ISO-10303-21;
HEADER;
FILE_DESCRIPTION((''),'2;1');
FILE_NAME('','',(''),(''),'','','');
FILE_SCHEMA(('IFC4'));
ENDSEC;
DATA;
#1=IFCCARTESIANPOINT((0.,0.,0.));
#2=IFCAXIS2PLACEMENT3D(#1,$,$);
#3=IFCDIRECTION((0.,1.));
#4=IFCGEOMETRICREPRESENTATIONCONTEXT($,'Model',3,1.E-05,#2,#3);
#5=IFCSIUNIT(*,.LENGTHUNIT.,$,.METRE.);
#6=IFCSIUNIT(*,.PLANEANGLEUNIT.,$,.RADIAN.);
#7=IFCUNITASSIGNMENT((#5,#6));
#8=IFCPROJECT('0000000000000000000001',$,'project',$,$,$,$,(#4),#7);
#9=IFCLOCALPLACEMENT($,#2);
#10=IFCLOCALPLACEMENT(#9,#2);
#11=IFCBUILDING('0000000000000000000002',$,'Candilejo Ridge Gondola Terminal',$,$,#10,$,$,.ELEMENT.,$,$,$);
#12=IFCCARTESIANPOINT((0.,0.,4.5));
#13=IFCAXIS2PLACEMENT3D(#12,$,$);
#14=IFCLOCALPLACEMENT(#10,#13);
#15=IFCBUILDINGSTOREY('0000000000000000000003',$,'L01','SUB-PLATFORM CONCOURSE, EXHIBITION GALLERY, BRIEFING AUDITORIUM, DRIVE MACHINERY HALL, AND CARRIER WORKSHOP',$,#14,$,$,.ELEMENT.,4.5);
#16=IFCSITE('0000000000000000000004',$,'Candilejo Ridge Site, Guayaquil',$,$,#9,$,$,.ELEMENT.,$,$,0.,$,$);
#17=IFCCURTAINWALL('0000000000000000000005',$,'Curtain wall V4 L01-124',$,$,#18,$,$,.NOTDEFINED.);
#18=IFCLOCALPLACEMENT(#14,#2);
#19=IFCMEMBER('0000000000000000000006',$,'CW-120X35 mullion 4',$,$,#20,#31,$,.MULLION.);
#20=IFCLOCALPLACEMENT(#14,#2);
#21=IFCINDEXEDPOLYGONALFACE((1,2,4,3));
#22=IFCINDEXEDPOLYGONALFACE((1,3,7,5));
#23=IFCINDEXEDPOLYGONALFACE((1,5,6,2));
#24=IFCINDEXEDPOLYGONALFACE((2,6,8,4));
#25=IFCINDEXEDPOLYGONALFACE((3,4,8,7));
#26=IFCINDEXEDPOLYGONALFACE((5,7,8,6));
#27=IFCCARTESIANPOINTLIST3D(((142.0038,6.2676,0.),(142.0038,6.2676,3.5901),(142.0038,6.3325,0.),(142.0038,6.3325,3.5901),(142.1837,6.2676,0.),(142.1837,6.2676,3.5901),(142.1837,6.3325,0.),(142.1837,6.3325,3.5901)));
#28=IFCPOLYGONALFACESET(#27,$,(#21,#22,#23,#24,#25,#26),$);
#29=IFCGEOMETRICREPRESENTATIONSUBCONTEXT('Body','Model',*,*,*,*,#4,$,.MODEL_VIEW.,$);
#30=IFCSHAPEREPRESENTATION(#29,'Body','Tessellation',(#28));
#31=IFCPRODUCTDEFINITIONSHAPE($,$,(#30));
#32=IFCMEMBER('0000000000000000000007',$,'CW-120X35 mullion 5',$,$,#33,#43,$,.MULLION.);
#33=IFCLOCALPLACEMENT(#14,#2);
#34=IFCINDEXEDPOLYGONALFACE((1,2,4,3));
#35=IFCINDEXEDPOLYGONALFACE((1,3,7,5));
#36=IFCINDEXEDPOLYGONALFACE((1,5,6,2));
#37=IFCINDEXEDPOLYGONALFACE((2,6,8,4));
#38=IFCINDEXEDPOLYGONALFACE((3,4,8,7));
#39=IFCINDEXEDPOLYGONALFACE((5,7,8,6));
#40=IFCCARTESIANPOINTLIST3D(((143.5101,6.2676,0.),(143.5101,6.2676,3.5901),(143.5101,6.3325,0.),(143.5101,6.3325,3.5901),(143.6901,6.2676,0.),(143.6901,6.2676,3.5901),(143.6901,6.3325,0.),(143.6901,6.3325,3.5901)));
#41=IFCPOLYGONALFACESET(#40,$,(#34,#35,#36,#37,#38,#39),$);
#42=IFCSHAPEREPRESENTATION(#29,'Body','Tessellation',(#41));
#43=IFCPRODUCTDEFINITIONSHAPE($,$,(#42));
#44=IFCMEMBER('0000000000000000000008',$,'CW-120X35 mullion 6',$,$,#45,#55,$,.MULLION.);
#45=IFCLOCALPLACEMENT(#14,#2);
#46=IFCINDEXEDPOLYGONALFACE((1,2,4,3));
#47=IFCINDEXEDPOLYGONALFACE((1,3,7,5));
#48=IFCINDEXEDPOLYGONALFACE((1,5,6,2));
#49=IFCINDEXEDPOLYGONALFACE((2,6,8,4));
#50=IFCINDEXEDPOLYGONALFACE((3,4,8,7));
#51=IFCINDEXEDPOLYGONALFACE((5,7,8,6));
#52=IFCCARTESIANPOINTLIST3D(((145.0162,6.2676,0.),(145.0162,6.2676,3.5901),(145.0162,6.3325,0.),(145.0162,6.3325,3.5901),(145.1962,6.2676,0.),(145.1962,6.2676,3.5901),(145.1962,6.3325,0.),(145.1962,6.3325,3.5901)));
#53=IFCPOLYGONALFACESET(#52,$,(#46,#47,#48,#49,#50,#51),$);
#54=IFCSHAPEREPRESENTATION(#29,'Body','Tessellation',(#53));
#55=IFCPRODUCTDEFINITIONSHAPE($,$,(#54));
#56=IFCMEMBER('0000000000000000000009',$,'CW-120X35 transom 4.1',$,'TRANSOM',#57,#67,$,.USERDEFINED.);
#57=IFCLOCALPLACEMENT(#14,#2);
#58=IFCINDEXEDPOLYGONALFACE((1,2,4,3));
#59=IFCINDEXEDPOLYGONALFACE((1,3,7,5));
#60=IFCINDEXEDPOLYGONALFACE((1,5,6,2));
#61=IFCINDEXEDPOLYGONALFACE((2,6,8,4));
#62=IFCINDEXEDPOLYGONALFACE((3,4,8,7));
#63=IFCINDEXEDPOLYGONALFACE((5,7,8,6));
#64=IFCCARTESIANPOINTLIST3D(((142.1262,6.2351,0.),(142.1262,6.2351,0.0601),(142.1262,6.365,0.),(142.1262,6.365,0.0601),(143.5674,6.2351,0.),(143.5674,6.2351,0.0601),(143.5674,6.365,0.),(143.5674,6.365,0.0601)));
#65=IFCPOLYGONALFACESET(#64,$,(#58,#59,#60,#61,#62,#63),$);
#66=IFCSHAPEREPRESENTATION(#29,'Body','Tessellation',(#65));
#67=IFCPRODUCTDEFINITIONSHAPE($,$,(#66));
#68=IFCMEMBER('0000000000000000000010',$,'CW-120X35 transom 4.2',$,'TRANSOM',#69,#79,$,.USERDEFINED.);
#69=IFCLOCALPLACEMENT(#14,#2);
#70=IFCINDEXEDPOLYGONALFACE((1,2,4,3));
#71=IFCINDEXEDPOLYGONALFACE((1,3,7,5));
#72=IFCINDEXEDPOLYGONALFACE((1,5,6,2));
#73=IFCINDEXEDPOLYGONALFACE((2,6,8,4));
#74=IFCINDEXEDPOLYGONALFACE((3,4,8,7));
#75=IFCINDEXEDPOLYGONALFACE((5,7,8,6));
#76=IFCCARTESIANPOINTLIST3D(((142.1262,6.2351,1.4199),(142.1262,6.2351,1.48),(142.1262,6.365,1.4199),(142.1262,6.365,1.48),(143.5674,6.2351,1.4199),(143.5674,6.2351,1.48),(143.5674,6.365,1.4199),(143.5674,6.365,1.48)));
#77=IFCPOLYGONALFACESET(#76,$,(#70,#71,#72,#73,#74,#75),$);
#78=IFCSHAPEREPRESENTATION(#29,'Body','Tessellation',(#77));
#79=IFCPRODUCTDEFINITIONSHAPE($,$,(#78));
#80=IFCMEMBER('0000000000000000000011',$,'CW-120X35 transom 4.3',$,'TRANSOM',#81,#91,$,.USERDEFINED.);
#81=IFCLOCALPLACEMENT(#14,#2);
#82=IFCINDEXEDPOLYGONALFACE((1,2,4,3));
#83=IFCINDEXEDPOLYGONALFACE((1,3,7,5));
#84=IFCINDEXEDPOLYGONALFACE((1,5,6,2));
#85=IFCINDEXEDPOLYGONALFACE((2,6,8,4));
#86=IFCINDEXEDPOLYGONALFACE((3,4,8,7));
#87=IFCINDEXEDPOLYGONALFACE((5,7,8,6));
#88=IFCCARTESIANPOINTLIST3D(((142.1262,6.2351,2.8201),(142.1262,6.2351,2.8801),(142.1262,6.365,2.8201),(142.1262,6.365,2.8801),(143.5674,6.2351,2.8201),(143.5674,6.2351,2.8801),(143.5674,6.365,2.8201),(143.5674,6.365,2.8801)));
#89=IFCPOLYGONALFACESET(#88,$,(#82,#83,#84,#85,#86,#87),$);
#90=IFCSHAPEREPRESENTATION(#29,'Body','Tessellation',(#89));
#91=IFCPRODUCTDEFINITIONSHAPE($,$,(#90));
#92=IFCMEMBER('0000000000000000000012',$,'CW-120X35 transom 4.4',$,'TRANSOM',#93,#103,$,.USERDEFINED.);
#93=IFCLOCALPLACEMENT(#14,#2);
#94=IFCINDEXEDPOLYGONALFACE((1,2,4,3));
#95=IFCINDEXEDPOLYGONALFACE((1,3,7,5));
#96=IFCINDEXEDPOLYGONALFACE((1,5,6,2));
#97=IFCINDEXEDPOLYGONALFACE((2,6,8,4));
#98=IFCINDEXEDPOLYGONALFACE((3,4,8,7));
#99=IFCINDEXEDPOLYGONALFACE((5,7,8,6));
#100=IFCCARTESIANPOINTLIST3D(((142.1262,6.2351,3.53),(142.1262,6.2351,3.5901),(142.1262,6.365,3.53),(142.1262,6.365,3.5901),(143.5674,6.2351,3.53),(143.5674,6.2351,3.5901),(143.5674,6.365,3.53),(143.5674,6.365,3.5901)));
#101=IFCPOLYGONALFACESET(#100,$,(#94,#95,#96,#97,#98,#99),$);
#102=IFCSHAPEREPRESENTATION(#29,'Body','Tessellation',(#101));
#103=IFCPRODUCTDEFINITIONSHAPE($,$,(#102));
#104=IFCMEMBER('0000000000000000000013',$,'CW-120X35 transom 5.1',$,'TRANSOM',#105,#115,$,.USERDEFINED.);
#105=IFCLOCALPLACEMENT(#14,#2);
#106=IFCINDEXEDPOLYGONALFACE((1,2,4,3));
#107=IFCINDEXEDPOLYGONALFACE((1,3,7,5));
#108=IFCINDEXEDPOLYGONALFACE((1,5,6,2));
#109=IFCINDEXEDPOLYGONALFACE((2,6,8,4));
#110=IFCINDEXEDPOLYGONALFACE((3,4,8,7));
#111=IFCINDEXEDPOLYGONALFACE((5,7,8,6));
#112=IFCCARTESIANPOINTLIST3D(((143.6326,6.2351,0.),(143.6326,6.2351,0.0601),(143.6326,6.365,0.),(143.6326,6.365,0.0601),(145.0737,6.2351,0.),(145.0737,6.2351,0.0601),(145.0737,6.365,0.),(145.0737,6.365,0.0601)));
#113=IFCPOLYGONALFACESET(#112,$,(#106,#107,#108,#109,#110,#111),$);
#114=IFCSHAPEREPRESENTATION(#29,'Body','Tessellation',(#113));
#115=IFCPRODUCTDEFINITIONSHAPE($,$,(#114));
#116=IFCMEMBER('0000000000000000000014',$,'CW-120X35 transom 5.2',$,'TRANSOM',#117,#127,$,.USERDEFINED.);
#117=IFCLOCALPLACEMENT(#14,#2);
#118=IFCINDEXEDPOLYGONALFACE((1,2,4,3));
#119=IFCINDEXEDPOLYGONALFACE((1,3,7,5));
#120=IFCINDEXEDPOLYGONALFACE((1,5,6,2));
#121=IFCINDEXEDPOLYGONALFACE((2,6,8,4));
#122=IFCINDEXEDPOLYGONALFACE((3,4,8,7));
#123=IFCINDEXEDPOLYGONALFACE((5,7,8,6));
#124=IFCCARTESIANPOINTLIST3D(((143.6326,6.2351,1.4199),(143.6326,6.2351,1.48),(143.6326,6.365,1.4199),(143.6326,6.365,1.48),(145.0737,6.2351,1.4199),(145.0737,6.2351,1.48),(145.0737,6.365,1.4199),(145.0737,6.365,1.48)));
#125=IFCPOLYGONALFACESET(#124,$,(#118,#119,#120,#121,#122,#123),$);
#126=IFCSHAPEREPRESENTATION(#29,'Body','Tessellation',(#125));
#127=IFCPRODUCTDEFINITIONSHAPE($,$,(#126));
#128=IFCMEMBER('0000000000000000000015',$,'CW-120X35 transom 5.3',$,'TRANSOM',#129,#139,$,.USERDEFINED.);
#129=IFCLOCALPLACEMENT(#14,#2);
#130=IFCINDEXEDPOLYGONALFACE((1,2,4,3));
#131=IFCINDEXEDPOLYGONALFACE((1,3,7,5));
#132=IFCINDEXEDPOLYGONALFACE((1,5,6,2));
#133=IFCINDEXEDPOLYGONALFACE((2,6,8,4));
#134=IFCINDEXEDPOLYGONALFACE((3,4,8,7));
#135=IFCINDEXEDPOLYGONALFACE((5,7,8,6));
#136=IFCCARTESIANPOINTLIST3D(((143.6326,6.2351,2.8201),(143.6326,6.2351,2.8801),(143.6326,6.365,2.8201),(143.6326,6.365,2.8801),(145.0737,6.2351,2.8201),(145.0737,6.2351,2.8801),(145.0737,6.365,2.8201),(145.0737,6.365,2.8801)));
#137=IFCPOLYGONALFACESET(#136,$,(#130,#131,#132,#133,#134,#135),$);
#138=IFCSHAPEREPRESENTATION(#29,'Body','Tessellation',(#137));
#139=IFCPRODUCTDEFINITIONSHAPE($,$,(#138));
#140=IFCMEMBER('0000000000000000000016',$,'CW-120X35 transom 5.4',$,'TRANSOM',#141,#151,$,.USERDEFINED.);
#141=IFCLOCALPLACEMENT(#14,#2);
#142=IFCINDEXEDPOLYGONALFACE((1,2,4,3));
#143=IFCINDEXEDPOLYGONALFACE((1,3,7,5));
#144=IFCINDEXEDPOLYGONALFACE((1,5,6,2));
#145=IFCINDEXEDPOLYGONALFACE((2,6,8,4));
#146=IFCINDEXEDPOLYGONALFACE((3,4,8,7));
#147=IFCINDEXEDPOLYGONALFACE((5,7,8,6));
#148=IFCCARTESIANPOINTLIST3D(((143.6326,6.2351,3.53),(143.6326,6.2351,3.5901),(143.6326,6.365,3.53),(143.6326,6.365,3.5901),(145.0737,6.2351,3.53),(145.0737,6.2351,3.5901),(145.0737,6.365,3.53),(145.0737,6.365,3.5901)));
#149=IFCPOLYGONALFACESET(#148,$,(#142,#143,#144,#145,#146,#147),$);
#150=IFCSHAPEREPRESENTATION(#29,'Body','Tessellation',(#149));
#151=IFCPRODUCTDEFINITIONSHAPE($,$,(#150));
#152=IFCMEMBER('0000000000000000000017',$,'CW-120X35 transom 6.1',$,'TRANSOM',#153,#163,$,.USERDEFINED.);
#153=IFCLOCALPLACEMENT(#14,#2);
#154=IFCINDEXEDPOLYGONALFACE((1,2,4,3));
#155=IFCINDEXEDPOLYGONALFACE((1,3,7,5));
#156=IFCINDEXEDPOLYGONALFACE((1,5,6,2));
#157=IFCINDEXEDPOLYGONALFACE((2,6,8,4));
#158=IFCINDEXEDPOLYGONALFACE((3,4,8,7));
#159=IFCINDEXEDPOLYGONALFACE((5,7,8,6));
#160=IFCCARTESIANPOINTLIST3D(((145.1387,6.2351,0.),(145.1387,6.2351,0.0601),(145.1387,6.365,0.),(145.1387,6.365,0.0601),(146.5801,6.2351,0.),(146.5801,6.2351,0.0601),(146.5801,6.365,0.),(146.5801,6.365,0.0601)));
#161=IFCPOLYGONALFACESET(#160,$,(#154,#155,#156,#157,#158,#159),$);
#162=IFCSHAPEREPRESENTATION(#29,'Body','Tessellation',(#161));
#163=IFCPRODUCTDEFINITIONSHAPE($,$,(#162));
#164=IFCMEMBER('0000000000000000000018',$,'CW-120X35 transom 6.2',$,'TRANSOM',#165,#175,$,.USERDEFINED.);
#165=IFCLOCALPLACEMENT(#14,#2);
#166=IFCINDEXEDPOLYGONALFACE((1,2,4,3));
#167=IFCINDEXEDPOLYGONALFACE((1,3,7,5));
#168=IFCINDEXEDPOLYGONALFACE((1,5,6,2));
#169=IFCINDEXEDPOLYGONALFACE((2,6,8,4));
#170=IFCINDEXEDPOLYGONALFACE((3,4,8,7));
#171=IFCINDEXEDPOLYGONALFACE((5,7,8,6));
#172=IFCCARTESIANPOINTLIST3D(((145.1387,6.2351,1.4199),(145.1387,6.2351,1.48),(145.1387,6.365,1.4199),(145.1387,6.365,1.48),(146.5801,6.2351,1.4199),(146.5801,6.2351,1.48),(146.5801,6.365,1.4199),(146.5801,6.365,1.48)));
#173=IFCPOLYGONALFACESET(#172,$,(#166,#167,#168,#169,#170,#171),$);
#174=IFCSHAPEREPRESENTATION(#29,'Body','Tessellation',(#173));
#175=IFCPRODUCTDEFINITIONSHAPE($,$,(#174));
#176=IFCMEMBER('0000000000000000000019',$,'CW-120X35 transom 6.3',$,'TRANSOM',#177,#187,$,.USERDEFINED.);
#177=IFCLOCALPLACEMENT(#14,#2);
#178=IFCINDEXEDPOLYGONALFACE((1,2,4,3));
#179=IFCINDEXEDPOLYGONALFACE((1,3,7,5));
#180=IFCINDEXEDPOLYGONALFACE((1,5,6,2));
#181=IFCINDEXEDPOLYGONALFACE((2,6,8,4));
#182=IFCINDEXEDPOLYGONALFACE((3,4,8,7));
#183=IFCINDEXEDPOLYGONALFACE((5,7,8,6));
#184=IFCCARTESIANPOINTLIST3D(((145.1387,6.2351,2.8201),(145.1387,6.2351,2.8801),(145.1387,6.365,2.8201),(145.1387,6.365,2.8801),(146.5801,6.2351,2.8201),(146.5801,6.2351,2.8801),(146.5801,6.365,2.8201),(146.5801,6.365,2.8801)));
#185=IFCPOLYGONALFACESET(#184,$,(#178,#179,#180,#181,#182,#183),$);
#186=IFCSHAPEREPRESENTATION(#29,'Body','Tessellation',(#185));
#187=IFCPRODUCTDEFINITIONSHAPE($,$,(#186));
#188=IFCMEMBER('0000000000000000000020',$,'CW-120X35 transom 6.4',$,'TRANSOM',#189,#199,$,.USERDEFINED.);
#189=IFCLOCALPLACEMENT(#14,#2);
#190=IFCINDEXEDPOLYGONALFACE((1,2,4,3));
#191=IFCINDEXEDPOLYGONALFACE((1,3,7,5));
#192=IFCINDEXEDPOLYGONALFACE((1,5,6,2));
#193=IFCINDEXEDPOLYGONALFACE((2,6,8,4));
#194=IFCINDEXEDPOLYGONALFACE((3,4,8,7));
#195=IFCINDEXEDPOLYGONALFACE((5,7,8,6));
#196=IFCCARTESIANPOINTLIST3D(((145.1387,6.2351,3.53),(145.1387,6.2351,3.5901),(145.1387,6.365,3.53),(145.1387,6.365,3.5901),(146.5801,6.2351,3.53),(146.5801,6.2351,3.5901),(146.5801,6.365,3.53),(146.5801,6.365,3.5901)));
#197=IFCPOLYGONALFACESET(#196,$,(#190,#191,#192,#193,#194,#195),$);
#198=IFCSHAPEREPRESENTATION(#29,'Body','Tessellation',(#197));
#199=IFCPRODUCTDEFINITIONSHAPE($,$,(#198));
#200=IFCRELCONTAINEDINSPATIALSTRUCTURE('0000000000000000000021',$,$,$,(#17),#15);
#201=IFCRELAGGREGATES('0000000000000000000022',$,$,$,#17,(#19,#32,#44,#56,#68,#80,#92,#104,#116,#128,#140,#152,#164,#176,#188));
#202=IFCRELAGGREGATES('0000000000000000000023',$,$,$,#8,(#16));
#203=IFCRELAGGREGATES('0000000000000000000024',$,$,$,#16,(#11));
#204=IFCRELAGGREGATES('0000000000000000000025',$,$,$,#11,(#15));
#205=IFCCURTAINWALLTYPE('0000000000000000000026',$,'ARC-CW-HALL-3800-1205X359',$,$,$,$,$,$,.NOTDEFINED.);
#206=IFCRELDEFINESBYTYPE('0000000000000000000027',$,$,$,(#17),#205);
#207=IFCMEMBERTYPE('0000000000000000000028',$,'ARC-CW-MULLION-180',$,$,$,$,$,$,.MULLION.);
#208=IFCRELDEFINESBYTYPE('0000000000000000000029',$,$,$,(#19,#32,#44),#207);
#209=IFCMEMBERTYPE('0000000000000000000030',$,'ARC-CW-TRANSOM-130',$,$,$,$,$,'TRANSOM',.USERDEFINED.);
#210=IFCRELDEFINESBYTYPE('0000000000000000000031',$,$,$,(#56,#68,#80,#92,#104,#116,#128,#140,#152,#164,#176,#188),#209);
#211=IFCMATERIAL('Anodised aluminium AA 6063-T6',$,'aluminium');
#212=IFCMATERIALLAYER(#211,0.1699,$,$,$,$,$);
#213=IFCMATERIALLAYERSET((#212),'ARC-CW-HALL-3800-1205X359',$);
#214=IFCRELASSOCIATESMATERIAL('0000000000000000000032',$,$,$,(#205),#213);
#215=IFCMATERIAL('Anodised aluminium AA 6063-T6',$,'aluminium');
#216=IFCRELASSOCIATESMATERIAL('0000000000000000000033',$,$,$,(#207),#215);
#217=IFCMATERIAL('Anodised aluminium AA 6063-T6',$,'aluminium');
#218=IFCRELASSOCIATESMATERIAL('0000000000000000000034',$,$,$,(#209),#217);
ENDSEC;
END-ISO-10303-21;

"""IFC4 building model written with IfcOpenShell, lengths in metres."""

from ifc_helpers import new_model, si_unit, direction, frame, origin, origin_2d, place, context, subcontext, project, spatial, rectangle, extrude, material, layer, layer_set, material_profile, profile_set, type_object, element, aggregate, save


model = new_model("IFC4")

# Units and contexts
model_context = context("Model", 3, precision=1e-05, world=origin(), true_north=direction((0.0, 1.0)))
body_context = subcontext(model_context, "Body", "Model", "MODEL_VIEW")
ifc_project = project(units=[si_unit("LENGTHUNIT", "METRE"), si_unit("PLANEANGLEUNIT", "RADIAN")], contexts=[model_context])

# Site, building, storey
site_placement = place(None, origin())
site = spatial("IfcSite", under=ifc_project, at=site_placement, Name="Candilejo Ridge Site, Guayaquil", CompositionType="ELEMENT", RefElevation=0.0)
building_placement = place(site_placement, origin())
building = spatial("IfcBuilding", under=site, at=building_placement, Name="Candilejo Ridge Gondola Terminal", CompositionType="ELEMENT")
storey_placement = place(building_placement, frame((0.0, 0.0, 4.5)))
storey = spatial("IfcBuildingStorey", under=building, at=storey_placement, Name="L01", Description="SUB-PLATFORM CONCOURSE, EXHIBITION GALLERY, BRIEFING AUDITORIUM, DRIVE MACHINERY HALL, AND CARRIER WORKSHOP", CompositionType="ELEMENT", Elevation=4.5)

# Curtain wall, members
ifc_material_1 = material(Name="Anodised aluminium AA 6063-T6", Category="aluminium")
ifc_layer_1 = layer(ifc_material_1, 0.1699)
ifc_layer_set_1 = layer_set([ifc_layer_1], Name="ARC-CW-HALL-3800-1205X359")
curtain_wall_type = type_object("IfcCurtainWallType", Name="ARC-CW-HALL-3800-1205X359", PredefinedType="NOTDEFINED", material=ifc_layer_set_1)
curtain_wall_placement = place(storey_placement, origin())
curtain_wall = element("IfcCurtainWall", 1, at=curtain_wall_placement, inside=storey, type_object=curtain_wall_type, Name="Curtain wall V4 L01-124", PredefinedType="NOTDEFINED")
ifc_material_2 = material(Name="Anodised aluminium AA 6063-T6", Category="aluminium")
ifc_material_profile_1 = material_profile(ifc_material_2, rectangle(XDim=0.0649, YDim=0.1799, at=origin_2d()))
ifc_profile_set_1 = profile_set([ifc_material_profile_1], Name="Anodised aluminium AA 6063-T6")
member_type_1 = type_object("IfcMemberType", Name="ARC-CW-MULLION-180", PredefinedType="MULLION", material=ifc_profile_set_1)
member_1_placement = place(storey_placement, frame((142.0938, 6.3, 0.0), z_axis=(0.0, 0.0, 1.0), x_axis=(0.0, 1.0, 0.0)))
member_1 = element("IfcMember", 2, at=member_1_placement, type_object=member_type_1, Name="CW-120X35 mullion 4", PredefinedType="MULLION", context=body_context, shape_type="SweptSolid", body=[
    extrude(rectangle(XDim=0.0649, YDim=0.1799, at=origin_2d()), origin(), (0.0, 0.0, 1.0), 3.5901),
])
member_2_placement = place(storey_placement, frame((143.6001, 6.3, 0.0), z_axis=(0.0, 0.0, 1.0), x_axis=(0.0, 1.0, 0.0)))
member_2 = element("IfcMember", 3, at=member_2_placement, type_object=member_type_1, Name="CW-120X35 mullion 5", PredefinedType="MULLION", context=body_context, shape_type="SweptSolid", body=[
    extrude(rectangle(XDim=0.0649, YDim=0.1799, at=origin_2d()), origin(), (0.0, 0.0, 1.0), 3.5901),
])
member_3_placement = place(storey_placement, frame((145.1062, 6.3, 0.0), z_axis=(0.0, 0.0, 1.0), x_axis=(0.0, 1.0, 0.0)))
member_3 = element("IfcMember", 4, at=member_3_placement, type_object=member_type_1, Name="CW-120X35 mullion 6", PredefinedType="MULLION", context=body_context, shape_type="SweptSolid", body=[
    extrude(rectangle(XDim=0.0649, YDim=0.1799, at=origin_2d()), origin(), (0.0, 0.0, 1.0), 3.5901),
])
ifc_material_3 = material(Name="Anodised aluminium AA 6063-T6", Category="aluminium")
ifc_material_profile_2 = material_profile(ifc_material_3, rectangle(XDim=0.1299, YDim=0.0601, at=origin_2d()))
ifc_profile_set_2 = profile_set([ifc_material_profile_2], Name="Anodised aluminium AA 6063-T6")
member_type_2 = type_object("IfcMemberType", Name="ARC-CW-TRANSOM-130", ElementType="TRANSOM", PredefinedType="USERDEFINED", material=ifc_profile_set_2)
member_4_placement = place(storey_placement, frame((142.1262, 6.3, 0.03), z_axis=(1.0, 0.0, 0.0), x_axis=(0.0, 1.0, 0.0)))
member_4 = element("IfcMember", 5, at=member_4_placement, type_object=member_type_2, Name="CW-120X35 transom 4.1", ObjectType="TRANSOM", PredefinedType="USERDEFINED", context=body_context, shape_type="SweptSolid", body=[
    extrude(rectangle(XDim=0.1299, YDim=0.0601, at=origin_2d()), origin(), (0.0, 0.0, 1.0), 1.4412),
])
member_5_placement = place(storey_placement, frame((142.1262, 6.3, 1.45), z_axis=(1.0, 0.0, 0.0), x_axis=(0.0, 1.0, 0.0)))
member_5 = element("IfcMember", 6, at=member_5_placement, type_object=member_type_2, Name="CW-120X35 transom 4.2", ObjectType="TRANSOM", PredefinedType="USERDEFINED", context=body_context, shape_type="SweptSolid", body=[
    extrude(rectangle(XDim=0.1299, YDim=0.0601, at=origin_2d()), origin(), (0.0, 0.0, 1.0), 1.4412),
])
member_6_placement = place(storey_placement, frame((142.1262, 6.3, 2.8501), z_axis=(1.0, 0.0, 0.0), x_axis=(0.0, 1.0, 0.0)))
member_6 = element("IfcMember", 7, at=member_6_placement, type_object=member_type_2, Name="CW-120X35 transom 4.3", ObjectType="TRANSOM", PredefinedType="USERDEFINED", context=body_context, shape_type="SweptSolid", body=[
    extrude(rectangle(XDim=0.1299, YDim=0.0601, at=origin_2d()), origin(), (0.0, 0.0, 1.0), 1.4412),
])
member_7_placement = place(storey_placement, frame((142.1262, 6.3, 3.5601), z_axis=(1.0, 0.0, 0.0), x_axis=(0.0, 1.0, 0.0)))
member_7 = element("IfcMember", 8, at=member_7_placement, type_object=member_type_2, Name="CW-120X35 transom 4.4", ObjectType="TRANSOM", PredefinedType="USERDEFINED", context=body_context, shape_type="SweptSolid", body=[
    extrude(rectangle(XDim=0.1299, YDim=0.0601, at=origin_2d()), origin(), (0.0, 0.0, 1.0), 1.4412),
])
member_8_placement = place(storey_placement, frame((143.6326, 6.3, 0.03), z_axis=(1.0, 0.0, 0.0), x_axis=(0.0, 1.0, 0.0)))
member_8 = element("IfcMember", 9, at=member_8_placement, type_object=member_type_2, Name="CW-120X35 transom 5.1", ObjectType="TRANSOM", PredefinedType="USERDEFINED", context=body_context, shape_type="SweptSolid", body=[
    extrude(rectangle(XDim=0.1299, YDim=0.0601, at=origin_2d()), origin(), (0.0, 0.0, 1.0), 1.4412),
])
member_9_placement = place(storey_placement, frame((143.6326, 6.3, 1.45), z_axis=(1.0, 0.0, 0.0), x_axis=(0.0, 1.0, 0.0)))
member_9 = element("IfcMember", 10, at=member_9_placement, type_object=member_type_2, Name="CW-120X35 transom 5.2", ObjectType="TRANSOM", PredefinedType="USERDEFINED", context=body_context, shape_type="SweptSolid", body=[
    extrude(rectangle(XDim=0.1299, YDim=0.0601, at=origin_2d()), origin(), (0.0, 0.0, 1.0), 1.4412),
])
member_10_placement = place(storey_placement, frame((143.6326, 6.3, 2.8501), z_axis=(1.0, 0.0, 0.0), x_axis=(0.0, 1.0, 0.0)))
member_10 = element("IfcMember", 11, at=member_10_placement, type_object=member_type_2, Name="CW-120X35 transom 5.3", ObjectType="TRANSOM", PredefinedType="USERDEFINED", context=body_context, shape_type="SweptSolid", body=[
    extrude(rectangle(XDim=0.1299, YDim=0.0601, at=origin_2d()), origin(), (0.0, 0.0, 1.0), 1.4412),
])
member_11_placement = place(storey_placement, frame((143.6326, 6.3, 3.5601), z_axis=(1.0, 0.0, 0.0), x_axis=(0.0, 1.0, 0.0)))
member_11 = element("IfcMember", 12, at=member_11_placement, type_object=member_type_2, Name="CW-120X35 transom 5.4", ObjectType="TRANSOM", PredefinedType="USERDEFINED", context=body_context, shape_type="SweptSolid", body=[
    extrude(rectangle(XDim=0.1299, YDim=0.0601, at=origin_2d()), origin(), (0.0, 0.0, 1.0), 1.4412),
])
member_12_placement = place(storey_placement, frame((145.1387, 6.3, 0.03), z_axis=(1.0, 0.0, 0.0), x_axis=(0.0, 1.0, 0.0)))
member_12 = element("IfcMember", 13, at=member_12_placement, type_object=member_type_2, Name="CW-120X35 transom 6.1", ObjectType="TRANSOM", PredefinedType="USERDEFINED", context=body_context, shape_type="SweptSolid", body=[
    extrude(rectangle(XDim=0.1299, YDim=0.0601, at=origin_2d()), origin(), (0.0, 0.0, 1.0), 1.4414),
])
member_13_placement = place(storey_placement, frame((145.1387, 6.3, 1.45), z_axis=(1.0, 0.0, 0.0), x_axis=(0.0, 1.0, 0.0)))
member_13 = element("IfcMember", 14, at=member_13_placement, type_object=member_type_2, Name="CW-120X35 transom 6.2", ObjectType="TRANSOM", PredefinedType="USERDEFINED", context=body_context, shape_type="SweptSolid", body=[
    extrude(rectangle(XDim=0.1299, YDim=0.0601, at=origin_2d()), origin(), (0.0, 0.0, 1.0), 1.4414),
])
member_14_placement = place(storey_placement, frame((145.1387, 6.3, 2.8501), z_axis=(1.0, 0.0, 0.0), x_axis=(0.0, 1.0, 0.0)))
member_14 = element("IfcMember", 15, at=member_14_placement, type_object=member_type_2, Name="CW-120X35 transom 6.3", ObjectType="TRANSOM", PredefinedType="USERDEFINED", context=body_context, shape_type="SweptSolid", body=[
    extrude(rectangle(XDim=0.1299, YDim=0.0601, at=origin_2d()), origin(), (0.0, 0.0, 1.0), 1.4414),
])
member_15_placement = place(storey_placement, frame((145.1387, 6.3, 3.5601), z_axis=(1.0, 0.0, 0.0), x_axis=(0.0, 1.0, 0.0)))
member_15 = element("IfcMember", 16, at=member_15_placement, type_object=member_type_2, Name="CW-120X35 transom 6.4", ObjectType="TRANSOM", PredefinedType="USERDEFINED", context=body_context, shape_type="SweptSolid", body=[
    extrude(rectangle(XDim=0.1299, YDim=0.0601, at=origin_2d()), origin(), (0.0, 0.0, 1.0), 1.4414),
])
aggregate(curtain_wall, [member_1, member_2, member_3, member_4, member_5, member_6, member_7, member_8, member_9, member_10, member_11, member_12, member_13, member_14, member_15])

save(model, "model.ifc")
